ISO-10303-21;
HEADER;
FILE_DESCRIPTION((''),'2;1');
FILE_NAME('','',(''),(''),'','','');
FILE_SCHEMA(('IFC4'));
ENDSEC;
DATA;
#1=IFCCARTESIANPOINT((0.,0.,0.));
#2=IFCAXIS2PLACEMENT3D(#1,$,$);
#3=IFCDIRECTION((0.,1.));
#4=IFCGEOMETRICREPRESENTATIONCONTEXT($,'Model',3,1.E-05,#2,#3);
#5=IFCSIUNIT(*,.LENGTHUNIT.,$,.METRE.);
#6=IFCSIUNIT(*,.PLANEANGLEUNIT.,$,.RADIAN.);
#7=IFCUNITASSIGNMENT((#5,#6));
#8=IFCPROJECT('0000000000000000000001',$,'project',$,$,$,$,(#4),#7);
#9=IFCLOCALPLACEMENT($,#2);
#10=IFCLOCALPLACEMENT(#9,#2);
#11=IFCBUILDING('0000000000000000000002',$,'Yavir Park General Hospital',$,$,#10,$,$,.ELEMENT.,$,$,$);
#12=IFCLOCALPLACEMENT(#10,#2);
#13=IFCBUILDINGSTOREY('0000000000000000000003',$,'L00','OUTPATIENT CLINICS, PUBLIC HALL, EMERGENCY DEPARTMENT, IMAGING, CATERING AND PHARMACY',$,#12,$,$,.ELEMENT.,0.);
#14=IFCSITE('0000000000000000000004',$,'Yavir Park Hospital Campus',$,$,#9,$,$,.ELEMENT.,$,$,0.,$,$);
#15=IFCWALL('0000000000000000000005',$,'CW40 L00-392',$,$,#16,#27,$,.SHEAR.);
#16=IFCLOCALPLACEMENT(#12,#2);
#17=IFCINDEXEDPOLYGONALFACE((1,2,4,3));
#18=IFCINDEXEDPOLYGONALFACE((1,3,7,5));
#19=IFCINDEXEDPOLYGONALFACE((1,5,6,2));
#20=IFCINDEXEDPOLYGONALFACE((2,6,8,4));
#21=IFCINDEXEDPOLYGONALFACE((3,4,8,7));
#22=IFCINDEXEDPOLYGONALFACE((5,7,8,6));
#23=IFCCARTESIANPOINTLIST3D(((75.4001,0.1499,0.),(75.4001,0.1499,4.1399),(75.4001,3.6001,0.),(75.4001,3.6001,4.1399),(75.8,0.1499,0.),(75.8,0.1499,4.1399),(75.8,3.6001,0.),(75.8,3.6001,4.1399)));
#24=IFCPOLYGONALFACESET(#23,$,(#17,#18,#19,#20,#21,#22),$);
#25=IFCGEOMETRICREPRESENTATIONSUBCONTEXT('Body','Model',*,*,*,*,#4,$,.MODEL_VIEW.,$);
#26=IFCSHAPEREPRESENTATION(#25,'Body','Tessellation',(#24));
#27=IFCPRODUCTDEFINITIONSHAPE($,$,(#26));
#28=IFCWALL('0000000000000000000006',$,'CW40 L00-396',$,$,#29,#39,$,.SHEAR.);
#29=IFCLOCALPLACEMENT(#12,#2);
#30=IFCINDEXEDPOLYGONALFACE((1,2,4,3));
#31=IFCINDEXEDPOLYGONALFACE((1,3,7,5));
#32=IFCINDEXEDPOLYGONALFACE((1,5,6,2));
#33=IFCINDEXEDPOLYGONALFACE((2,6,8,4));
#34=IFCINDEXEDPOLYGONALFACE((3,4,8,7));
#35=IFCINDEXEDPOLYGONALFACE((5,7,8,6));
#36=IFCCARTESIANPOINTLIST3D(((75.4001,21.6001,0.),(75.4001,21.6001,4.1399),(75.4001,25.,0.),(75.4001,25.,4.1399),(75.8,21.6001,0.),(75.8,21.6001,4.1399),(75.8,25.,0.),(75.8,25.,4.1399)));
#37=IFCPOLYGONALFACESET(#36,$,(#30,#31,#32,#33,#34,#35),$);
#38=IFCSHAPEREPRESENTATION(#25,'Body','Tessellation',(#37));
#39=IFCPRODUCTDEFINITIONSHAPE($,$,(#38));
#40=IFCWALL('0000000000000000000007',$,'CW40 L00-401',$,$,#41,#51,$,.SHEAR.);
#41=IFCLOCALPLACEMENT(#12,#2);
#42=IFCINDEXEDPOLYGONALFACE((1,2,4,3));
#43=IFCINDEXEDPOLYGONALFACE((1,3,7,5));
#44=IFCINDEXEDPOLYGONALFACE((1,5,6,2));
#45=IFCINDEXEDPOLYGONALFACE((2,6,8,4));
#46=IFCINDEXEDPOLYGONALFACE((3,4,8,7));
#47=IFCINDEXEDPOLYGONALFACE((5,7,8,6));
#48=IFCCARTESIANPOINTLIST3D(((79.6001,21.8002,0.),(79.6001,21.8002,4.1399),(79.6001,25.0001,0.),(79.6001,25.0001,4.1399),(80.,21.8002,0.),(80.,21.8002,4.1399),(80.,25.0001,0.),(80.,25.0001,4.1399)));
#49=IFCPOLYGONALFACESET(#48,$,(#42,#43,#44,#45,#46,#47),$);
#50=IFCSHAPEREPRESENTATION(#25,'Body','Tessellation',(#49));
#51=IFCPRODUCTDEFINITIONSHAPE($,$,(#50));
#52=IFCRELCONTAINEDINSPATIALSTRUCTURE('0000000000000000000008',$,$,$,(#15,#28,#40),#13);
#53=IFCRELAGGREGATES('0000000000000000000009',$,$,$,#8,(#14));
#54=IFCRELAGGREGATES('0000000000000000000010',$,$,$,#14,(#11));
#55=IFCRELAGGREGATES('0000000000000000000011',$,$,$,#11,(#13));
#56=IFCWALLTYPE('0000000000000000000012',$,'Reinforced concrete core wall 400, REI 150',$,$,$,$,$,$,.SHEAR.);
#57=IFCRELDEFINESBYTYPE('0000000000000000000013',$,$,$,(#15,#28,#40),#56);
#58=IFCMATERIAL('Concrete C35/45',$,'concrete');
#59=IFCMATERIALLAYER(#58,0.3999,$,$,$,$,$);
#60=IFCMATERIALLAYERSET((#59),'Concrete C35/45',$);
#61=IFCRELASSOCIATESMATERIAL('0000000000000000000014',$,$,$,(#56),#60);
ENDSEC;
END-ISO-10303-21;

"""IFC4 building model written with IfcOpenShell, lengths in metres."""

from ifc_helpers import new_model, si_unit, direction, frame, frame_2d, origin, place, context, subcontext, project, spatial, rectangle, extrude, material, layer, layer_set, type_object, element, save


model = new_model("IFC4")

# Units and contexts
model_context = context("Model", 3, precision=1e-05, world=origin(), true_north=direction((0.0, 1.0)))
body_context = subcontext(model_context, "Body", "Model", "MODEL_VIEW")
ifc_project = project(units=[si_unit("LENGTHUNIT", "METRE"), si_unit("PLANEANGLEUNIT", "RADIAN")], contexts=[model_context])

# Site, building, storey
site_placement = place(None, origin())
site = spatial("IfcSite", under=ifc_project, at=site_placement, Name="Yavir Park Hospital Campus", CompositionType="ELEMENT", RefElevation=0.0)
building_placement = place(site_placement, origin())
building = spatial("IfcBuilding", under=site, at=building_placement, Name="Yavir Park General Hospital", CompositionType="ELEMENT")
storey_placement = place(building_placement, origin())
storey = spatial("IfcBuildingStorey", under=building, at=storey_placement, Name="L00", Description="OUTPATIENT CLINICS, PUBLIC HALL, EMERGENCY DEPARTMENT, IMAGING, CATERING AND PHARMACY", CompositionType="ELEMENT", Elevation=0.0)

# Shared definitions
ifc_material_1 = material(Name="Concrete C35/45", Category="concrete")
ifc_layer_1 = layer(ifc_material_1, 0.3999)
ifc_layer_set_1 = layer_set([ifc_layer_1], Name="Concrete C35/45")
wall_type_1 = type_object("IfcWallType", Name="Reinforced concrete core wall 400, REI 150", PredefinedType="SHEAR", material=ifc_layer_set_1)

# Walls
wall_1_placement = place(storey_placement, frame((75.6001, 0.1499, 0.0), z_axis=(0.0, 0.0, 1.0), x_axis=(0.0, 1.0, 0.0)))
element("IfcWall", 1, at=wall_1_placement, inside=storey, type_object=wall_type_1, Name="CW40 L00-392", PredefinedType="SHEAR", context=body_context, shape_type="SweptSolid", body=[
    extrude(rectangle(XDim=3.4502, YDim=0.3999, at=frame_2d((1.7251, 0.0))), origin(), (0.0, 0.0, 1.0), 4.1399),
])
wall_2_placement = place(storey_placement, frame((75.6001, 21.6001, 0.0), z_axis=(0.0, 0.0, 1.0), x_axis=(0.0, 1.0, 0.0)))
element("IfcWall", 2, at=wall_2_placement, inside=storey, type_object=wall_type_1, Name="CW40 L00-396", PredefinedType="SHEAR", context=body_context, shape_type="SweptSolid", body=[
    extrude(rectangle(XDim=3.3999, YDim=0.3999, at=frame_2d((1.7, 0.0))), origin(), (0.0, 0.0, 1.0), 4.1399),
])
wall_3_placement = place(storey_placement, frame((79.8, 21.8, 0.0), z_axis=(0.0, 0.0, 1.0), x_axis=(0.0, 1.0, 0.0)))
element("IfcWall", 3, at=wall_3_placement, inside=storey, type_object=wall_type_1, Name="CW40 L00-401", PredefinedType="SHEAR", context=body_context, shape_type="SweptSolid", body=[
    extrude(rectangle(XDim=3.2, YDim=0.3999, at=frame_2d((1.6001, 0.0))), origin(), (0.0, 0.0, 1.0), 4.1399),
])

save(model, "model.ifc")
